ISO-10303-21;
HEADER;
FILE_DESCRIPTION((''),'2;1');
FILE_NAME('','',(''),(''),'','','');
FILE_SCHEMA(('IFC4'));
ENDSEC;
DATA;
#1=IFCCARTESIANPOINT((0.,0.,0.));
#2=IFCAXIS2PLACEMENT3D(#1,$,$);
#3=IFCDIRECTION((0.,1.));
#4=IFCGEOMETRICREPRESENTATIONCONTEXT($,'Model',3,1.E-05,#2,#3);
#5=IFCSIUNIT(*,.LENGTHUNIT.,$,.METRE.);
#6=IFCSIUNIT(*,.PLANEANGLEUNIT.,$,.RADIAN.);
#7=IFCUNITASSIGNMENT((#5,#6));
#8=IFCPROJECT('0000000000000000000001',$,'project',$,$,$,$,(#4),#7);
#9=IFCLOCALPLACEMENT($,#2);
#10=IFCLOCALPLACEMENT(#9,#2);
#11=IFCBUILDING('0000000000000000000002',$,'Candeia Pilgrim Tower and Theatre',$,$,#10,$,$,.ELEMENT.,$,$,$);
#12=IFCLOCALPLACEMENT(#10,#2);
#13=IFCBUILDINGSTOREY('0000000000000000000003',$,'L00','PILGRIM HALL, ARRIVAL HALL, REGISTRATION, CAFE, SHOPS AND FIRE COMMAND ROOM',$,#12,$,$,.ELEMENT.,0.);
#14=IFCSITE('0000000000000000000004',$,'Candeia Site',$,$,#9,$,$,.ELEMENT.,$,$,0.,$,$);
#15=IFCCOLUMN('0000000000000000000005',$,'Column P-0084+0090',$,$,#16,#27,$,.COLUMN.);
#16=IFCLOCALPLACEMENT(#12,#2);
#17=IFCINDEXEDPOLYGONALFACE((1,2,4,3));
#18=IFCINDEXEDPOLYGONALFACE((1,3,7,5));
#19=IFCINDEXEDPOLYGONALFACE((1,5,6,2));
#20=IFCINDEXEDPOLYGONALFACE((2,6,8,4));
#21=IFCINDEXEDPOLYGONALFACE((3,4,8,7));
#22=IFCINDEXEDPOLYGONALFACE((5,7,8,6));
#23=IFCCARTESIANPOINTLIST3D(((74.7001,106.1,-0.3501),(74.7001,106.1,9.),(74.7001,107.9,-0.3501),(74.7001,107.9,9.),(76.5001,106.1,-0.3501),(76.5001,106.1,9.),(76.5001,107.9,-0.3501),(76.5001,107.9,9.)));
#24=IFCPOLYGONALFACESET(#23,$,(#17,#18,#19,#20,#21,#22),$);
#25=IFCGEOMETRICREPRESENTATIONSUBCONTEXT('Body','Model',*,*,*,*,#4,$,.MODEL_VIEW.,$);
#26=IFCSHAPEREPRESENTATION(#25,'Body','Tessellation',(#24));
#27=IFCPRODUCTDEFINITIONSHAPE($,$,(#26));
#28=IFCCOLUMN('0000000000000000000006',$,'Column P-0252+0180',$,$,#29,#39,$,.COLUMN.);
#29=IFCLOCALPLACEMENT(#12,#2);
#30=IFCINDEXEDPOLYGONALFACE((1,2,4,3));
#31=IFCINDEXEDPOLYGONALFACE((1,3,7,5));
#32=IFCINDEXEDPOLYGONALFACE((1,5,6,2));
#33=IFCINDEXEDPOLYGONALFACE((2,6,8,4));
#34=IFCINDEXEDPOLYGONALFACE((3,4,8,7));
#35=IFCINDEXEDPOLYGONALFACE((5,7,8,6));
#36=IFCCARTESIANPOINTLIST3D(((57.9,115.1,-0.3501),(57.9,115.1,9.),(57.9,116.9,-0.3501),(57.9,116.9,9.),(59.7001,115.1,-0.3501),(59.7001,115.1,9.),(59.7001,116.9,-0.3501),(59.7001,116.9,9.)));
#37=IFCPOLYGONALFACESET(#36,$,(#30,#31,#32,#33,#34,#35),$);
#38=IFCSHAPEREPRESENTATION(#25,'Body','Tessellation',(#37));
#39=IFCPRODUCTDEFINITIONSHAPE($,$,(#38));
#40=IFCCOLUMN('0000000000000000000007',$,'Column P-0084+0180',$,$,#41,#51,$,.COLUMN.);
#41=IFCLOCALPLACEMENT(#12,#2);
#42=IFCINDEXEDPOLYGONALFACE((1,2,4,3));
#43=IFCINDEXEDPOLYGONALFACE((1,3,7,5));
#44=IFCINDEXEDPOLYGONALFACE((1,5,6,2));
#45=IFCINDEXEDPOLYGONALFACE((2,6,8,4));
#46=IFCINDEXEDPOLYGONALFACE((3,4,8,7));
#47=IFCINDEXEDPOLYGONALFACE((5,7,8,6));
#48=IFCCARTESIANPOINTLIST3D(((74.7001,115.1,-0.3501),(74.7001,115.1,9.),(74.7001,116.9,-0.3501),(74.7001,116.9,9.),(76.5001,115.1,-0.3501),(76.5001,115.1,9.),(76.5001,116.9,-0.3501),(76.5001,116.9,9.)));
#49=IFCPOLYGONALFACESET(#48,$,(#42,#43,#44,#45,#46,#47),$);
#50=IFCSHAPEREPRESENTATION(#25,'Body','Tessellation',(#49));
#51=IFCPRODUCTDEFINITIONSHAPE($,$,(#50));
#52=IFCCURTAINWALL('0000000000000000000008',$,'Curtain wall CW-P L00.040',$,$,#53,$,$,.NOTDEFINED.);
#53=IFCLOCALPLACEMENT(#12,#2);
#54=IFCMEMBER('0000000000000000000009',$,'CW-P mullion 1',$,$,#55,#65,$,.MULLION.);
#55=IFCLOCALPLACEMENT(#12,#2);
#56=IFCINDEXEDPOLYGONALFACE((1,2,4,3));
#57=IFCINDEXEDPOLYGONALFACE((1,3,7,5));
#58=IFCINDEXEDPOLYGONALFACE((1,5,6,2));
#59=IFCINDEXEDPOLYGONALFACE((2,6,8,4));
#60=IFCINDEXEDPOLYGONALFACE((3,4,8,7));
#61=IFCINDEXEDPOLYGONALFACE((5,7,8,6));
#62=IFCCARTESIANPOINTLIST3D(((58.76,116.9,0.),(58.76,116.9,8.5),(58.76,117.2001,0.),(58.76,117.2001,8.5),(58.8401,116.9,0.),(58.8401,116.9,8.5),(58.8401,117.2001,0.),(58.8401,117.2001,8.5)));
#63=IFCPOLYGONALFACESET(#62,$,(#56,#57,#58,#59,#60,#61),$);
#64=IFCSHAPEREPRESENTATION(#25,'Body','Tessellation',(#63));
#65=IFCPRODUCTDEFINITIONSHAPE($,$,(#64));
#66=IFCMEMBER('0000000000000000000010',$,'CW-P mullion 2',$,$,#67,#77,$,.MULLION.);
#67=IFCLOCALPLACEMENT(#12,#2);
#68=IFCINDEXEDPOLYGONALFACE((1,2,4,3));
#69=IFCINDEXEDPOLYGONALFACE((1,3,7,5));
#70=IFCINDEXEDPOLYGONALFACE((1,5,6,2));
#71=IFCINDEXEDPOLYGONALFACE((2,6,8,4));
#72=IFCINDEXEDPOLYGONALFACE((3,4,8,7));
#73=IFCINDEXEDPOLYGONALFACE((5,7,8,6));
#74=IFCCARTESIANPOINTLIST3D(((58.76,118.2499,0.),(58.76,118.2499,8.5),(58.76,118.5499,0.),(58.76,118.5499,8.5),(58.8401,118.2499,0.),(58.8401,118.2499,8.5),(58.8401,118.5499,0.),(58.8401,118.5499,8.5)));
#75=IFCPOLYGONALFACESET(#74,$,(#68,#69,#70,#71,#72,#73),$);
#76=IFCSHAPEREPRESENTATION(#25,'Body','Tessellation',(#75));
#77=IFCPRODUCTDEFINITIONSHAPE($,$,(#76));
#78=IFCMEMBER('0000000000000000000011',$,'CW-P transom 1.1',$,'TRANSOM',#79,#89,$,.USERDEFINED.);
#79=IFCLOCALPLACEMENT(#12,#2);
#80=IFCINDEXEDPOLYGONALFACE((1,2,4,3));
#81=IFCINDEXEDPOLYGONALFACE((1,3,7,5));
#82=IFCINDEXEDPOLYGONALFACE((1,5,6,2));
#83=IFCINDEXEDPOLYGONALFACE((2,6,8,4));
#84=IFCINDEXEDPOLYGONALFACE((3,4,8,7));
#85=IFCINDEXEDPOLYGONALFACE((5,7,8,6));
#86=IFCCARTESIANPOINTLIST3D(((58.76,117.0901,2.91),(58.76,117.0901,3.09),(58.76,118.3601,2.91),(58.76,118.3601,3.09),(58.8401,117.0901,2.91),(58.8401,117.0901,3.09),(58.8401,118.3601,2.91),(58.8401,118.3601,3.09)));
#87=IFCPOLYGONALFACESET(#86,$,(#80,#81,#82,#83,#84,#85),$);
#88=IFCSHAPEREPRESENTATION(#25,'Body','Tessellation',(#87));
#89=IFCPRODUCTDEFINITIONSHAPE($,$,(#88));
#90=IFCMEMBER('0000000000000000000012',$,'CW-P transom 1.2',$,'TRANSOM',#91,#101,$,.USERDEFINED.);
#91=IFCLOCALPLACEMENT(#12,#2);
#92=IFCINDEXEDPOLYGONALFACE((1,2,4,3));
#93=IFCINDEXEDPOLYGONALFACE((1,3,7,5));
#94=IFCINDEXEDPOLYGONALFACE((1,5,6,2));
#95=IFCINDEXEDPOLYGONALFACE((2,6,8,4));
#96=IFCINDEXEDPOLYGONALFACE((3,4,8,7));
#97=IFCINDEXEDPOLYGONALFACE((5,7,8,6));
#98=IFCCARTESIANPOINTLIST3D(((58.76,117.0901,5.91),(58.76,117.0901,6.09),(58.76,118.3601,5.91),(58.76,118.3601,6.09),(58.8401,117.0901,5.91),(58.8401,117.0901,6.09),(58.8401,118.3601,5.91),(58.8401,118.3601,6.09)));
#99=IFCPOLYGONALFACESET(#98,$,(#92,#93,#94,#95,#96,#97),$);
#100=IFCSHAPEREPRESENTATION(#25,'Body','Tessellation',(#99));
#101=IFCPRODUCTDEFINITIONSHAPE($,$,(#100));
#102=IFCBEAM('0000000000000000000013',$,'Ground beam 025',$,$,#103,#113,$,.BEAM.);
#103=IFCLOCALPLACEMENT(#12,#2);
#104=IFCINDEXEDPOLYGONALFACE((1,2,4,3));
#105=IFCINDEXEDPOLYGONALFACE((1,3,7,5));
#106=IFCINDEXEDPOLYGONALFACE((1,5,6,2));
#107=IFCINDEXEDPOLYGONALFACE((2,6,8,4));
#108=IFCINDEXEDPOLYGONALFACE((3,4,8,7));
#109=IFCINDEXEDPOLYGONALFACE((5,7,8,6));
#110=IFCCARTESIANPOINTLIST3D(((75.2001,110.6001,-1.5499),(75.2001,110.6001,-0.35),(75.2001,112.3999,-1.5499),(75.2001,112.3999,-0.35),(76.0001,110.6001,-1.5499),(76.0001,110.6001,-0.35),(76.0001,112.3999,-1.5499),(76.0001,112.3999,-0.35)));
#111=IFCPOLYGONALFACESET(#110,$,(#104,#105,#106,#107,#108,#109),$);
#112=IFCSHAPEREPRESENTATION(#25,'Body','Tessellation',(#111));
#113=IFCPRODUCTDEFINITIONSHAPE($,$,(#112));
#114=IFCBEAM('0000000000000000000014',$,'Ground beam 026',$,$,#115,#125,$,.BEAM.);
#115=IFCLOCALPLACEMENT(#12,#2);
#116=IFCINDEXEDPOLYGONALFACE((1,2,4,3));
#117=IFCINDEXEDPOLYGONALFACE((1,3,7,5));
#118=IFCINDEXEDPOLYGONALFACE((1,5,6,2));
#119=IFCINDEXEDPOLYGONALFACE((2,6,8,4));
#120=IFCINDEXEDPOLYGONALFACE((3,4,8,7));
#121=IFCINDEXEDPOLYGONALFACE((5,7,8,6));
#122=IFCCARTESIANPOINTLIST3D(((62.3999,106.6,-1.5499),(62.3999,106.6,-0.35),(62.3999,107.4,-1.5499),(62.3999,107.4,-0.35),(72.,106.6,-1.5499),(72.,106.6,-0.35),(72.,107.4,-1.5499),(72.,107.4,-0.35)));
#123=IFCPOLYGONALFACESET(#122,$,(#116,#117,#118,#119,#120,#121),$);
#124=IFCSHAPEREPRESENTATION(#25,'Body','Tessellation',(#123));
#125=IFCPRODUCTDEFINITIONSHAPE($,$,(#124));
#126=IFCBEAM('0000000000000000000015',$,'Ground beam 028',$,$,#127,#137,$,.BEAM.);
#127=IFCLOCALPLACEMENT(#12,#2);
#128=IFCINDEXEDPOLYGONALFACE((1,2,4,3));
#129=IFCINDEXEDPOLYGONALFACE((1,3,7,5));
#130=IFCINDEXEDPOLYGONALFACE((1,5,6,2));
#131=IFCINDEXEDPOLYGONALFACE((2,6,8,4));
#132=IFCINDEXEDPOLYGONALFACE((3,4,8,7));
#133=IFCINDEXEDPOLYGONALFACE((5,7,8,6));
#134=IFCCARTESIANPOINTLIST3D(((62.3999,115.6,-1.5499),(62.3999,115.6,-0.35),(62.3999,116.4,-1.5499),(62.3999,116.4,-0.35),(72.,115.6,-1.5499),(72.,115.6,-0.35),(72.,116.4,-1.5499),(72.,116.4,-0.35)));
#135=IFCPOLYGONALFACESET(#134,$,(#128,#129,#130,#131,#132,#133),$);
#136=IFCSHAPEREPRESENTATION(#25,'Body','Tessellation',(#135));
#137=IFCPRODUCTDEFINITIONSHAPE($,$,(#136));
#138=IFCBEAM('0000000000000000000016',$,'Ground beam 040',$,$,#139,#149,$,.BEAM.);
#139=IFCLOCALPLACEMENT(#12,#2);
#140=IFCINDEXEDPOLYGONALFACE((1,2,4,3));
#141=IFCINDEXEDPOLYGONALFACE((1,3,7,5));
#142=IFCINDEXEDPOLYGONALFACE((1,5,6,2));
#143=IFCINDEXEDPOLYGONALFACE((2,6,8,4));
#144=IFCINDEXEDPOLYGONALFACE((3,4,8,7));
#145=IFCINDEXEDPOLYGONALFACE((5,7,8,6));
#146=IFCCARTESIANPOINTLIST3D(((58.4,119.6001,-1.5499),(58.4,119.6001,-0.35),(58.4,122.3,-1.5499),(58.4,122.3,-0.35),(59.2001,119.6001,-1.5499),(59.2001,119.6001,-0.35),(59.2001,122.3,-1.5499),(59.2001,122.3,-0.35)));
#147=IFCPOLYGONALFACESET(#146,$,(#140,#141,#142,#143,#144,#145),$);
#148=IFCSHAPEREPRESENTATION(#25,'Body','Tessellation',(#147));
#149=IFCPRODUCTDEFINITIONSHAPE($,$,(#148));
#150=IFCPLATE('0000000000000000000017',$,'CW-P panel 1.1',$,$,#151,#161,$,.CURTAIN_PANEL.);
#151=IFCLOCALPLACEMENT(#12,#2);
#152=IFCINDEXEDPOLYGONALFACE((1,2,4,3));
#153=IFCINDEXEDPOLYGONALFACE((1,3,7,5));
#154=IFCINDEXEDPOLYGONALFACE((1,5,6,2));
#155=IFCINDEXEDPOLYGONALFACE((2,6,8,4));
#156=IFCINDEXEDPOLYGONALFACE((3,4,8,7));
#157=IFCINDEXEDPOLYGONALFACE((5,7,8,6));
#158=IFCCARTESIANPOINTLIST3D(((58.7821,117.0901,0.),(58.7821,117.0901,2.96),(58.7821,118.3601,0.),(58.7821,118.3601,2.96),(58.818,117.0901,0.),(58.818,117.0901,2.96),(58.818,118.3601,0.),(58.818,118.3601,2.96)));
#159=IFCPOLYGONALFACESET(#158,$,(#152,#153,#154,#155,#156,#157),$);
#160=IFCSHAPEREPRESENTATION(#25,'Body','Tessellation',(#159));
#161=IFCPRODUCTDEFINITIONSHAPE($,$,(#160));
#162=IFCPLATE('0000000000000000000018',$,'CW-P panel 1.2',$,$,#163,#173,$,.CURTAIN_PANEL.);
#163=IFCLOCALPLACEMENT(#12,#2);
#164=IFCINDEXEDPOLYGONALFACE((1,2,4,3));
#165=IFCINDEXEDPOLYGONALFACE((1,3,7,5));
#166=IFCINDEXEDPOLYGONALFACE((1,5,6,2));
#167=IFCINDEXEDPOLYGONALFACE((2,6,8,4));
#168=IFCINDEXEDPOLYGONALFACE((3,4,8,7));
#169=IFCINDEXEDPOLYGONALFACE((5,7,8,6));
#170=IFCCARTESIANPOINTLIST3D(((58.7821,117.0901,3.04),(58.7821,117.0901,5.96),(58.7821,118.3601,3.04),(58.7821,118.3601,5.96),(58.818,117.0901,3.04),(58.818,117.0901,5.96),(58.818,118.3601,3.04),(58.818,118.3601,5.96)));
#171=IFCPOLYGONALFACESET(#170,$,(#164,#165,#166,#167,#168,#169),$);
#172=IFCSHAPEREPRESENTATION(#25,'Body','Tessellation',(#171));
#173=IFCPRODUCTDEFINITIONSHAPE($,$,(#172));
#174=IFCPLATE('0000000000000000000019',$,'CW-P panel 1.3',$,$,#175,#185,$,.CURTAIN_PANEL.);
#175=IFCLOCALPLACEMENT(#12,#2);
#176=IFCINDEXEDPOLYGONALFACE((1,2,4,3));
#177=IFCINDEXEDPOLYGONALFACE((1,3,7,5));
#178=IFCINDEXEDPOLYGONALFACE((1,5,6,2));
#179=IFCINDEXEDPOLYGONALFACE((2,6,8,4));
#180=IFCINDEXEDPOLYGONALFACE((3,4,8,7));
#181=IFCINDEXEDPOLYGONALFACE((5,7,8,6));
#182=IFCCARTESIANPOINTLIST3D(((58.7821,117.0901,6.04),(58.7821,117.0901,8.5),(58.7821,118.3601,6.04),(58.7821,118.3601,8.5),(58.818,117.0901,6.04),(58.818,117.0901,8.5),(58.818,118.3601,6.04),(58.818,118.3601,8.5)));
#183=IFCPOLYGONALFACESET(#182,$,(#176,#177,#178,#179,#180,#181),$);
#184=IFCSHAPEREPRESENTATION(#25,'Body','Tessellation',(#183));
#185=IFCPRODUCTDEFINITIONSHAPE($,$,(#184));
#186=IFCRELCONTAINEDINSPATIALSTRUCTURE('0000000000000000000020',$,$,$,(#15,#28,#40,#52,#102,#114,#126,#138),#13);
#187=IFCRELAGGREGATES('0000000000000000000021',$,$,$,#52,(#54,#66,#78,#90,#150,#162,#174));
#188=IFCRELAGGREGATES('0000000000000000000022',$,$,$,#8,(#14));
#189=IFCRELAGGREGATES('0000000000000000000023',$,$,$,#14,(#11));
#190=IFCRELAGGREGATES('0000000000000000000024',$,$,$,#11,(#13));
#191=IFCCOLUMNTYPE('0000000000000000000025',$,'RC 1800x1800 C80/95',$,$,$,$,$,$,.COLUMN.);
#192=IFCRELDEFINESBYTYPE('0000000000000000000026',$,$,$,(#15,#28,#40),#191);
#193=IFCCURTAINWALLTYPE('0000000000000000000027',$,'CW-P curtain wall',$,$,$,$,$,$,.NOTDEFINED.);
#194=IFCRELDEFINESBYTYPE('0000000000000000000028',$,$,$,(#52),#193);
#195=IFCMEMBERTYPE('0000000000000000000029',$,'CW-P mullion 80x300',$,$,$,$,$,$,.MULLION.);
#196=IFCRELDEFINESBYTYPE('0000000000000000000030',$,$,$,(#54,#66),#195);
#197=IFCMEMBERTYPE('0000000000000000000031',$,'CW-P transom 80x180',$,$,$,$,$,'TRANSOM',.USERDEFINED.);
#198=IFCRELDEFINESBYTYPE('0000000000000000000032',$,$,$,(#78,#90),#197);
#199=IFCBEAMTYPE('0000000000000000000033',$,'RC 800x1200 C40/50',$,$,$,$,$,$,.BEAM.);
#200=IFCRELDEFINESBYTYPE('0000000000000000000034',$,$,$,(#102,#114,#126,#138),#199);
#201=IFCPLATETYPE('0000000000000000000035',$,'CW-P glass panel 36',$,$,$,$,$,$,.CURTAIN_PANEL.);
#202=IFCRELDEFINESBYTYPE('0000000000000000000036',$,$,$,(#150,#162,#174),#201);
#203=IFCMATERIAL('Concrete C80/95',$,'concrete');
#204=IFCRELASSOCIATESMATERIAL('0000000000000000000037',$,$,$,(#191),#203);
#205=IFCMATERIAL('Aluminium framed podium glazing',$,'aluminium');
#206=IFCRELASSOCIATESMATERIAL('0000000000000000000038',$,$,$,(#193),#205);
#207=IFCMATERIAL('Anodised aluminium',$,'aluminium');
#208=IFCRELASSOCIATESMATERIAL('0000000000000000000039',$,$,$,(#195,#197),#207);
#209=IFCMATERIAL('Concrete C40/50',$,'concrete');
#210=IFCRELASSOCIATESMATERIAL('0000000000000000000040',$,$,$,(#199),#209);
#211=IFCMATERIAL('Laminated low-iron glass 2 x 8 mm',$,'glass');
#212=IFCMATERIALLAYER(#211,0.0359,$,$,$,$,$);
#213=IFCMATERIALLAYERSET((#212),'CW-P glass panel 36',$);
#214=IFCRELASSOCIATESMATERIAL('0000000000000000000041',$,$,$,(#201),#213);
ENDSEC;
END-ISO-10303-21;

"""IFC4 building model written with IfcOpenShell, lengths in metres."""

from ifc_helpers import new_model, si_unit, direction, frame, origin, origin_2d, place, context, subcontext, project, spatial, rectangle, extrude, material, layer, layer_set, material_profile, profile_set, type_object, element, aggregate, save


model = new_model("IFC4")

# Units and contexts
model_context = context("Model", 3, precision=1e-05, world=origin(), true_north=direction((0.0, 1.0)))
body_context = subcontext(model_context, "Body", "Model", "MODEL_VIEW")
ifc_project = project(units=[si_unit("LENGTHUNIT", "METRE"), si_unit("PLANEANGLEUNIT", "RADIAN")], contexts=[model_context])

# Site, building, storey
site_placement = place(None, origin())
site = spatial("IfcSite", under=ifc_project, at=site_placement, Name="Candeia Site", CompositionType="ELEMENT", RefElevation=0.0)
building_placement = place(site_placement, origin())
building = spatial("IfcBuilding", under=site, at=building_placement, Name="Candeia Pilgrim Tower and Theatre", CompositionType="ELEMENT")
storey_placement = place(building_placement, origin())
storey = spatial("IfcBuildingStorey", under=building, at=storey_placement, Name="L00", Description="PILGRIM HALL, ARRIVAL HALL, REGISTRATION, CAFE, SHOPS AND FIRE COMMAND ROOM", CompositionType="ELEMENT", Elevation=0.0)

# Shared definitions
ifc_material_1 = material(Name="Concrete C40/50", Category="concrete")

# Columns
ifc_material_2 = material(Name="Concrete C80/95", Category="concrete")
ifc_material_profile_1 = material_profile(ifc_material_2, rectangle(XDim=1.8, YDim=1.8, at=origin_2d()))
ifc_profile_set_1 = profile_set([ifc_material_profile_1], Name="Concrete C80/95")
column_type = type_object("IfcColumnType", Name="RC 1800x1800 C80/95", PredefinedType="COLUMN", material=ifc_profile_set_1)
for number, where, z_axis, x_axis, name in (
    (1, (75.6001, 107.0, -0.3501), (0.0, 0.0, 1.0), (1.0, 0.0, 0.0), "Column P-0084+0090"),
    (2, (58.8, 116.0, -0.3501), (0.0, 0.0, 1.0), (1.0, 0.0, 0.0), "Column P-0252+0180"),
    (3, (75.6001, 116.0, -0.3501), (0.0, 0.0, 1.0), (1.0, 0.0, 0.0), "Column P-0084+0180"),
):
    element("IfcColumn", number, at=place(storey_placement, frame(where, z_axis=z_axis, x_axis=x_axis)), inside=storey, type_object=column_type, Name=name, PredefinedType="COLUMN", context=body_context, shape_type="SweptSolid", body=[
        extrude(rectangle(XDim=1.8, YDim=1.8, at=origin_2d()), origin(), (0.0, 0.0, 1.0), 9.3501),
    ])

# Curtain wall, members
ifc_material_3 = material(Name="Aluminium framed podium glazing", Category="aluminium")
curtain_wall_type = type_object("IfcCurtainWallType", Name="CW-P curtain wall", PredefinedType="NOTDEFINED", material=ifc_material_3)
curtain_wall_placement = place(storey_placement, origin())
curtain_wall = element("IfcCurtainWall", 4, at=curtain_wall_placement, inside=storey, type_object=curtain_wall_type, Name="Curtain wall CW-P L00.040", PredefinedType="NOTDEFINED")
ifc_material_4 = material(Name="Anodised aluminium", Category="aluminium")
ifc_material_profile_2 = material_profile(ifc_material_4, rectangle(XDim=0.0801, YDim=0.3, at=origin_2d()))
ifc_profile_set_2 = profile_set([ifc_material_profile_2], Name="Anodised aluminium")
member_type_1 = type_object("IfcMemberType", Name="CW-P mullion 80x300", PredefinedType="MULLION", material=ifc_profile_set_2)
member_1_placement = place(storey_placement, frame((58.8, 117.05, 0.0), z_axis=(0.0, 0.0, 1.0), x_axis=(-1.0, 0.0, 0.0)))
member_1 = element("IfcMember", 5, at=member_1_placement, type_object=member_type_1, Name="CW-P mullion 1", PredefinedType="MULLION", context=body_context, shape_type="SweptSolid", body=[
    extrude(rectangle(XDim=0.0801, YDim=0.3, at=origin_2d()), origin(), (0.0, 0.0, 1.0), 8.5),
])
member_2_placement = place(storey_placement, frame((58.8, 118.3999, 0.0), z_axis=(0.0, 0.0, 1.0), x_axis=(-1.0, 0.0, 0.0)))
member_2 = element("IfcMember", 6, at=member_2_placement, type_object=member_type_1, Name="CW-P mullion 2", PredefinedType="MULLION", context=body_context, shape_type="SweptSolid", body=[
    extrude(rectangle(XDim=0.0801, YDim=0.3, at=origin_2d()), origin(), (0.0, 0.0, 1.0), 8.5),
])
ifc_material_profile_3 = material_profile(ifc_material_4, rectangle(XDim=0.0801, YDim=0.1799, at=origin_2d()))
ifc_profile_set_3 = profile_set([ifc_material_profile_3], Name="Anodised aluminium")
member_type_2 = type_object("IfcMemberType", Name="CW-P transom 80x180", ElementType="TRANSOM", PredefinedType="USERDEFINED", material=ifc_profile_set_3)
member_3_placement = place(storey_placement, frame((58.8, 117.0901, 3.0), z_axis=(0.0, 1.0, 0.0), x_axis=(-1.0, 0.0, 0.0)))
member_3 = element("IfcMember", 7, at=member_3_placement, type_object=member_type_2, Name="CW-P transom 1.1", ObjectType="TRANSOM", PredefinedType="USERDEFINED", context=body_context, shape_type="SweptSolid", body=[
    extrude(rectangle(XDim=0.0801, YDim=0.1799, at=origin_2d()), origin(), (0.0, 0.0, 1.0), 1.27),
])
member_4_placement = place(storey_placement, frame((58.8, 117.0901, 6.0), z_axis=(0.0, 1.0, 0.0), x_axis=(-1.0, 0.0, 0.0)))
member_4 = element("IfcMember", 8, at=member_4_placement, type_object=member_type_2, Name="CW-P transom 1.2", ObjectType="TRANSOM", PredefinedType="USERDEFINED", context=body_context, shape_type="SweptSolid", body=[
    extrude(rectangle(XDim=0.0801, YDim=0.1799, at=origin_2d()), origin(), (0.0, 0.0, 1.0), 1.27),
])

# Beams
ifc_material_profile_4 = material_profile(ifc_material_1, rectangle(XDim=0.8, YDim=1.2, at=origin_2d()))
ifc_profile_set_4 = profile_set([ifc_material_profile_4], Name="Concrete C40/50")
beam_type = type_object("IfcBeamType", Name="RC 800x1200 C40/50", PredefinedType="BEAM", material=ifc_profile_set_4)
beam_1_placement = place(storey_placement, frame((75.6001, 110.6001, -0.95), z_axis=(0.0, 1.0, 0.0), x_axis=(-1.0, 0.0, 0.0)))
element("IfcBeam", 9, at=beam_1_placement, inside=storey, type_object=beam_type, Name="Ground beam 025", PredefinedType="BEAM", context=body_context, shape_type="SweptSolid", body=[
    extrude(rectangle(XDim=0.8, YDim=1.2, at=origin_2d()), origin(), (0.0, 0.0, 1.0), 1.7998),
])
for number, where, z_axis, x_axis, name in (
    (10, (72.0, 107.0, -0.95), (-1.0, 0.0, 0.0), (0.0, -1.0, 0.0), "Ground beam 026"),
    (11, (72.0, 116.0, -0.95), (-1.0, 0.0, 0.0), (0.0, -1.0, 0.0), "Ground beam 028"),
):
    element("IfcBeam", number, at=place(storey_placement, frame(where, z_axis=z_axis, x_axis=x_axis)), inside=storey, type_object=beam_type, Name=name, PredefinedType="BEAM", context=body_context, shape_type="SweptSolid", body=[
        extrude(rectangle(XDim=0.8, YDim=1.2, at=origin_2d()), origin(), (0.0, 0.0, 1.0), 9.6001),
    ])
beam_2_placement = place(storey_placement, frame((58.8, 119.6001, -0.95), z_axis=(0.0, 1.0, 0.0), x_axis=(-1.0, 0.0, 0.0)))
element("IfcBeam", 12, at=beam_2_placement, inside=storey, type_object=beam_type, Name="Ground beam 040", PredefinedType="BEAM", context=body_context, shape_type="SweptSolid", body=[
    extrude(rectangle(XDim=0.8, YDim=1.2, at=origin_2d()), origin(), (0.0, 0.0, 1.0), 2.7),
])

# Plates
ifc_material_5 = material(Name="Laminated low-iron glass 2 x 8 mm", Category="glass")
ifc_layer_1 = layer(ifc_material_5, 0.0359)
ifc_layer_set_1 = layer_set([ifc_layer_1], Name="CW-P glass panel 36")
plate_type = type_object("IfcPlateType", Name="CW-P glass panel 36", PredefinedType="CURTAIN_PANEL", material=ifc_layer_set_1)
plate_1_placement = place(storey_placement, frame((58.8, 117.7251, 0.0), z_axis=(0.0, 0.0, 1.0), x_axis=(0.0, 1.0, 0.0)))
plate_1 = element("IfcPlate", 13, at=plate_1_placement, type_object=plate_type, Name="CW-P panel 1.1", PredefinedType="CURTAIN_PANEL", context=body_context, shape_type="SweptSolid", body=[
    extrude(rectangle(XDim=1.27, YDim=0.0359, at=origin_2d()), origin(), (0.0, 0.0, 1.0), 2.96),
])
plate_2_placement = place(storey_placement, frame((58.8, 117.7251, 3.04), z_axis=(0.0, 0.0, 1.0), x_axis=(0.0, 1.0, 0.0)))
plate_2 = element("IfcPlate", 14, at=plate_2_placement, type_object=plate_type, Name="CW-P panel 1.2", PredefinedType="CURTAIN_PANEL", context=body_context, shape_type="SweptSolid", body=[
    extrude(rectangle(XDim=1.27, YDim=0.0359, at=origin_2d()), origin(), (0.0, 0.0, 1.0), 2.9199),
])
plate_3_placement = place(storey_placement, frame((58.8, 117.7251, 6.04), z_axis=(0.0, 0.0, 1.0), x_axis=(0.0, 1.0, 0.0)))
plate_3 = element("IfcPlate", 15, at=plate_3_placement, type_object=plate_type, Name="CW-P panel 1.3", PredefinedType="CURTAIN_PANEL", context=body_context, shape_type="SweptSolid", body=[
    extrude(rectangle(XDim=1.27, YDim=0.0359, at=origin_2d()), origin(), (0.0, 0.0, 1.0), 2.46),
])
aggregate(curtain_wall, [member_1, member_2, member_3, member_4, plate_1, plate_2, plate_3])

save(model, "model.ifc")
